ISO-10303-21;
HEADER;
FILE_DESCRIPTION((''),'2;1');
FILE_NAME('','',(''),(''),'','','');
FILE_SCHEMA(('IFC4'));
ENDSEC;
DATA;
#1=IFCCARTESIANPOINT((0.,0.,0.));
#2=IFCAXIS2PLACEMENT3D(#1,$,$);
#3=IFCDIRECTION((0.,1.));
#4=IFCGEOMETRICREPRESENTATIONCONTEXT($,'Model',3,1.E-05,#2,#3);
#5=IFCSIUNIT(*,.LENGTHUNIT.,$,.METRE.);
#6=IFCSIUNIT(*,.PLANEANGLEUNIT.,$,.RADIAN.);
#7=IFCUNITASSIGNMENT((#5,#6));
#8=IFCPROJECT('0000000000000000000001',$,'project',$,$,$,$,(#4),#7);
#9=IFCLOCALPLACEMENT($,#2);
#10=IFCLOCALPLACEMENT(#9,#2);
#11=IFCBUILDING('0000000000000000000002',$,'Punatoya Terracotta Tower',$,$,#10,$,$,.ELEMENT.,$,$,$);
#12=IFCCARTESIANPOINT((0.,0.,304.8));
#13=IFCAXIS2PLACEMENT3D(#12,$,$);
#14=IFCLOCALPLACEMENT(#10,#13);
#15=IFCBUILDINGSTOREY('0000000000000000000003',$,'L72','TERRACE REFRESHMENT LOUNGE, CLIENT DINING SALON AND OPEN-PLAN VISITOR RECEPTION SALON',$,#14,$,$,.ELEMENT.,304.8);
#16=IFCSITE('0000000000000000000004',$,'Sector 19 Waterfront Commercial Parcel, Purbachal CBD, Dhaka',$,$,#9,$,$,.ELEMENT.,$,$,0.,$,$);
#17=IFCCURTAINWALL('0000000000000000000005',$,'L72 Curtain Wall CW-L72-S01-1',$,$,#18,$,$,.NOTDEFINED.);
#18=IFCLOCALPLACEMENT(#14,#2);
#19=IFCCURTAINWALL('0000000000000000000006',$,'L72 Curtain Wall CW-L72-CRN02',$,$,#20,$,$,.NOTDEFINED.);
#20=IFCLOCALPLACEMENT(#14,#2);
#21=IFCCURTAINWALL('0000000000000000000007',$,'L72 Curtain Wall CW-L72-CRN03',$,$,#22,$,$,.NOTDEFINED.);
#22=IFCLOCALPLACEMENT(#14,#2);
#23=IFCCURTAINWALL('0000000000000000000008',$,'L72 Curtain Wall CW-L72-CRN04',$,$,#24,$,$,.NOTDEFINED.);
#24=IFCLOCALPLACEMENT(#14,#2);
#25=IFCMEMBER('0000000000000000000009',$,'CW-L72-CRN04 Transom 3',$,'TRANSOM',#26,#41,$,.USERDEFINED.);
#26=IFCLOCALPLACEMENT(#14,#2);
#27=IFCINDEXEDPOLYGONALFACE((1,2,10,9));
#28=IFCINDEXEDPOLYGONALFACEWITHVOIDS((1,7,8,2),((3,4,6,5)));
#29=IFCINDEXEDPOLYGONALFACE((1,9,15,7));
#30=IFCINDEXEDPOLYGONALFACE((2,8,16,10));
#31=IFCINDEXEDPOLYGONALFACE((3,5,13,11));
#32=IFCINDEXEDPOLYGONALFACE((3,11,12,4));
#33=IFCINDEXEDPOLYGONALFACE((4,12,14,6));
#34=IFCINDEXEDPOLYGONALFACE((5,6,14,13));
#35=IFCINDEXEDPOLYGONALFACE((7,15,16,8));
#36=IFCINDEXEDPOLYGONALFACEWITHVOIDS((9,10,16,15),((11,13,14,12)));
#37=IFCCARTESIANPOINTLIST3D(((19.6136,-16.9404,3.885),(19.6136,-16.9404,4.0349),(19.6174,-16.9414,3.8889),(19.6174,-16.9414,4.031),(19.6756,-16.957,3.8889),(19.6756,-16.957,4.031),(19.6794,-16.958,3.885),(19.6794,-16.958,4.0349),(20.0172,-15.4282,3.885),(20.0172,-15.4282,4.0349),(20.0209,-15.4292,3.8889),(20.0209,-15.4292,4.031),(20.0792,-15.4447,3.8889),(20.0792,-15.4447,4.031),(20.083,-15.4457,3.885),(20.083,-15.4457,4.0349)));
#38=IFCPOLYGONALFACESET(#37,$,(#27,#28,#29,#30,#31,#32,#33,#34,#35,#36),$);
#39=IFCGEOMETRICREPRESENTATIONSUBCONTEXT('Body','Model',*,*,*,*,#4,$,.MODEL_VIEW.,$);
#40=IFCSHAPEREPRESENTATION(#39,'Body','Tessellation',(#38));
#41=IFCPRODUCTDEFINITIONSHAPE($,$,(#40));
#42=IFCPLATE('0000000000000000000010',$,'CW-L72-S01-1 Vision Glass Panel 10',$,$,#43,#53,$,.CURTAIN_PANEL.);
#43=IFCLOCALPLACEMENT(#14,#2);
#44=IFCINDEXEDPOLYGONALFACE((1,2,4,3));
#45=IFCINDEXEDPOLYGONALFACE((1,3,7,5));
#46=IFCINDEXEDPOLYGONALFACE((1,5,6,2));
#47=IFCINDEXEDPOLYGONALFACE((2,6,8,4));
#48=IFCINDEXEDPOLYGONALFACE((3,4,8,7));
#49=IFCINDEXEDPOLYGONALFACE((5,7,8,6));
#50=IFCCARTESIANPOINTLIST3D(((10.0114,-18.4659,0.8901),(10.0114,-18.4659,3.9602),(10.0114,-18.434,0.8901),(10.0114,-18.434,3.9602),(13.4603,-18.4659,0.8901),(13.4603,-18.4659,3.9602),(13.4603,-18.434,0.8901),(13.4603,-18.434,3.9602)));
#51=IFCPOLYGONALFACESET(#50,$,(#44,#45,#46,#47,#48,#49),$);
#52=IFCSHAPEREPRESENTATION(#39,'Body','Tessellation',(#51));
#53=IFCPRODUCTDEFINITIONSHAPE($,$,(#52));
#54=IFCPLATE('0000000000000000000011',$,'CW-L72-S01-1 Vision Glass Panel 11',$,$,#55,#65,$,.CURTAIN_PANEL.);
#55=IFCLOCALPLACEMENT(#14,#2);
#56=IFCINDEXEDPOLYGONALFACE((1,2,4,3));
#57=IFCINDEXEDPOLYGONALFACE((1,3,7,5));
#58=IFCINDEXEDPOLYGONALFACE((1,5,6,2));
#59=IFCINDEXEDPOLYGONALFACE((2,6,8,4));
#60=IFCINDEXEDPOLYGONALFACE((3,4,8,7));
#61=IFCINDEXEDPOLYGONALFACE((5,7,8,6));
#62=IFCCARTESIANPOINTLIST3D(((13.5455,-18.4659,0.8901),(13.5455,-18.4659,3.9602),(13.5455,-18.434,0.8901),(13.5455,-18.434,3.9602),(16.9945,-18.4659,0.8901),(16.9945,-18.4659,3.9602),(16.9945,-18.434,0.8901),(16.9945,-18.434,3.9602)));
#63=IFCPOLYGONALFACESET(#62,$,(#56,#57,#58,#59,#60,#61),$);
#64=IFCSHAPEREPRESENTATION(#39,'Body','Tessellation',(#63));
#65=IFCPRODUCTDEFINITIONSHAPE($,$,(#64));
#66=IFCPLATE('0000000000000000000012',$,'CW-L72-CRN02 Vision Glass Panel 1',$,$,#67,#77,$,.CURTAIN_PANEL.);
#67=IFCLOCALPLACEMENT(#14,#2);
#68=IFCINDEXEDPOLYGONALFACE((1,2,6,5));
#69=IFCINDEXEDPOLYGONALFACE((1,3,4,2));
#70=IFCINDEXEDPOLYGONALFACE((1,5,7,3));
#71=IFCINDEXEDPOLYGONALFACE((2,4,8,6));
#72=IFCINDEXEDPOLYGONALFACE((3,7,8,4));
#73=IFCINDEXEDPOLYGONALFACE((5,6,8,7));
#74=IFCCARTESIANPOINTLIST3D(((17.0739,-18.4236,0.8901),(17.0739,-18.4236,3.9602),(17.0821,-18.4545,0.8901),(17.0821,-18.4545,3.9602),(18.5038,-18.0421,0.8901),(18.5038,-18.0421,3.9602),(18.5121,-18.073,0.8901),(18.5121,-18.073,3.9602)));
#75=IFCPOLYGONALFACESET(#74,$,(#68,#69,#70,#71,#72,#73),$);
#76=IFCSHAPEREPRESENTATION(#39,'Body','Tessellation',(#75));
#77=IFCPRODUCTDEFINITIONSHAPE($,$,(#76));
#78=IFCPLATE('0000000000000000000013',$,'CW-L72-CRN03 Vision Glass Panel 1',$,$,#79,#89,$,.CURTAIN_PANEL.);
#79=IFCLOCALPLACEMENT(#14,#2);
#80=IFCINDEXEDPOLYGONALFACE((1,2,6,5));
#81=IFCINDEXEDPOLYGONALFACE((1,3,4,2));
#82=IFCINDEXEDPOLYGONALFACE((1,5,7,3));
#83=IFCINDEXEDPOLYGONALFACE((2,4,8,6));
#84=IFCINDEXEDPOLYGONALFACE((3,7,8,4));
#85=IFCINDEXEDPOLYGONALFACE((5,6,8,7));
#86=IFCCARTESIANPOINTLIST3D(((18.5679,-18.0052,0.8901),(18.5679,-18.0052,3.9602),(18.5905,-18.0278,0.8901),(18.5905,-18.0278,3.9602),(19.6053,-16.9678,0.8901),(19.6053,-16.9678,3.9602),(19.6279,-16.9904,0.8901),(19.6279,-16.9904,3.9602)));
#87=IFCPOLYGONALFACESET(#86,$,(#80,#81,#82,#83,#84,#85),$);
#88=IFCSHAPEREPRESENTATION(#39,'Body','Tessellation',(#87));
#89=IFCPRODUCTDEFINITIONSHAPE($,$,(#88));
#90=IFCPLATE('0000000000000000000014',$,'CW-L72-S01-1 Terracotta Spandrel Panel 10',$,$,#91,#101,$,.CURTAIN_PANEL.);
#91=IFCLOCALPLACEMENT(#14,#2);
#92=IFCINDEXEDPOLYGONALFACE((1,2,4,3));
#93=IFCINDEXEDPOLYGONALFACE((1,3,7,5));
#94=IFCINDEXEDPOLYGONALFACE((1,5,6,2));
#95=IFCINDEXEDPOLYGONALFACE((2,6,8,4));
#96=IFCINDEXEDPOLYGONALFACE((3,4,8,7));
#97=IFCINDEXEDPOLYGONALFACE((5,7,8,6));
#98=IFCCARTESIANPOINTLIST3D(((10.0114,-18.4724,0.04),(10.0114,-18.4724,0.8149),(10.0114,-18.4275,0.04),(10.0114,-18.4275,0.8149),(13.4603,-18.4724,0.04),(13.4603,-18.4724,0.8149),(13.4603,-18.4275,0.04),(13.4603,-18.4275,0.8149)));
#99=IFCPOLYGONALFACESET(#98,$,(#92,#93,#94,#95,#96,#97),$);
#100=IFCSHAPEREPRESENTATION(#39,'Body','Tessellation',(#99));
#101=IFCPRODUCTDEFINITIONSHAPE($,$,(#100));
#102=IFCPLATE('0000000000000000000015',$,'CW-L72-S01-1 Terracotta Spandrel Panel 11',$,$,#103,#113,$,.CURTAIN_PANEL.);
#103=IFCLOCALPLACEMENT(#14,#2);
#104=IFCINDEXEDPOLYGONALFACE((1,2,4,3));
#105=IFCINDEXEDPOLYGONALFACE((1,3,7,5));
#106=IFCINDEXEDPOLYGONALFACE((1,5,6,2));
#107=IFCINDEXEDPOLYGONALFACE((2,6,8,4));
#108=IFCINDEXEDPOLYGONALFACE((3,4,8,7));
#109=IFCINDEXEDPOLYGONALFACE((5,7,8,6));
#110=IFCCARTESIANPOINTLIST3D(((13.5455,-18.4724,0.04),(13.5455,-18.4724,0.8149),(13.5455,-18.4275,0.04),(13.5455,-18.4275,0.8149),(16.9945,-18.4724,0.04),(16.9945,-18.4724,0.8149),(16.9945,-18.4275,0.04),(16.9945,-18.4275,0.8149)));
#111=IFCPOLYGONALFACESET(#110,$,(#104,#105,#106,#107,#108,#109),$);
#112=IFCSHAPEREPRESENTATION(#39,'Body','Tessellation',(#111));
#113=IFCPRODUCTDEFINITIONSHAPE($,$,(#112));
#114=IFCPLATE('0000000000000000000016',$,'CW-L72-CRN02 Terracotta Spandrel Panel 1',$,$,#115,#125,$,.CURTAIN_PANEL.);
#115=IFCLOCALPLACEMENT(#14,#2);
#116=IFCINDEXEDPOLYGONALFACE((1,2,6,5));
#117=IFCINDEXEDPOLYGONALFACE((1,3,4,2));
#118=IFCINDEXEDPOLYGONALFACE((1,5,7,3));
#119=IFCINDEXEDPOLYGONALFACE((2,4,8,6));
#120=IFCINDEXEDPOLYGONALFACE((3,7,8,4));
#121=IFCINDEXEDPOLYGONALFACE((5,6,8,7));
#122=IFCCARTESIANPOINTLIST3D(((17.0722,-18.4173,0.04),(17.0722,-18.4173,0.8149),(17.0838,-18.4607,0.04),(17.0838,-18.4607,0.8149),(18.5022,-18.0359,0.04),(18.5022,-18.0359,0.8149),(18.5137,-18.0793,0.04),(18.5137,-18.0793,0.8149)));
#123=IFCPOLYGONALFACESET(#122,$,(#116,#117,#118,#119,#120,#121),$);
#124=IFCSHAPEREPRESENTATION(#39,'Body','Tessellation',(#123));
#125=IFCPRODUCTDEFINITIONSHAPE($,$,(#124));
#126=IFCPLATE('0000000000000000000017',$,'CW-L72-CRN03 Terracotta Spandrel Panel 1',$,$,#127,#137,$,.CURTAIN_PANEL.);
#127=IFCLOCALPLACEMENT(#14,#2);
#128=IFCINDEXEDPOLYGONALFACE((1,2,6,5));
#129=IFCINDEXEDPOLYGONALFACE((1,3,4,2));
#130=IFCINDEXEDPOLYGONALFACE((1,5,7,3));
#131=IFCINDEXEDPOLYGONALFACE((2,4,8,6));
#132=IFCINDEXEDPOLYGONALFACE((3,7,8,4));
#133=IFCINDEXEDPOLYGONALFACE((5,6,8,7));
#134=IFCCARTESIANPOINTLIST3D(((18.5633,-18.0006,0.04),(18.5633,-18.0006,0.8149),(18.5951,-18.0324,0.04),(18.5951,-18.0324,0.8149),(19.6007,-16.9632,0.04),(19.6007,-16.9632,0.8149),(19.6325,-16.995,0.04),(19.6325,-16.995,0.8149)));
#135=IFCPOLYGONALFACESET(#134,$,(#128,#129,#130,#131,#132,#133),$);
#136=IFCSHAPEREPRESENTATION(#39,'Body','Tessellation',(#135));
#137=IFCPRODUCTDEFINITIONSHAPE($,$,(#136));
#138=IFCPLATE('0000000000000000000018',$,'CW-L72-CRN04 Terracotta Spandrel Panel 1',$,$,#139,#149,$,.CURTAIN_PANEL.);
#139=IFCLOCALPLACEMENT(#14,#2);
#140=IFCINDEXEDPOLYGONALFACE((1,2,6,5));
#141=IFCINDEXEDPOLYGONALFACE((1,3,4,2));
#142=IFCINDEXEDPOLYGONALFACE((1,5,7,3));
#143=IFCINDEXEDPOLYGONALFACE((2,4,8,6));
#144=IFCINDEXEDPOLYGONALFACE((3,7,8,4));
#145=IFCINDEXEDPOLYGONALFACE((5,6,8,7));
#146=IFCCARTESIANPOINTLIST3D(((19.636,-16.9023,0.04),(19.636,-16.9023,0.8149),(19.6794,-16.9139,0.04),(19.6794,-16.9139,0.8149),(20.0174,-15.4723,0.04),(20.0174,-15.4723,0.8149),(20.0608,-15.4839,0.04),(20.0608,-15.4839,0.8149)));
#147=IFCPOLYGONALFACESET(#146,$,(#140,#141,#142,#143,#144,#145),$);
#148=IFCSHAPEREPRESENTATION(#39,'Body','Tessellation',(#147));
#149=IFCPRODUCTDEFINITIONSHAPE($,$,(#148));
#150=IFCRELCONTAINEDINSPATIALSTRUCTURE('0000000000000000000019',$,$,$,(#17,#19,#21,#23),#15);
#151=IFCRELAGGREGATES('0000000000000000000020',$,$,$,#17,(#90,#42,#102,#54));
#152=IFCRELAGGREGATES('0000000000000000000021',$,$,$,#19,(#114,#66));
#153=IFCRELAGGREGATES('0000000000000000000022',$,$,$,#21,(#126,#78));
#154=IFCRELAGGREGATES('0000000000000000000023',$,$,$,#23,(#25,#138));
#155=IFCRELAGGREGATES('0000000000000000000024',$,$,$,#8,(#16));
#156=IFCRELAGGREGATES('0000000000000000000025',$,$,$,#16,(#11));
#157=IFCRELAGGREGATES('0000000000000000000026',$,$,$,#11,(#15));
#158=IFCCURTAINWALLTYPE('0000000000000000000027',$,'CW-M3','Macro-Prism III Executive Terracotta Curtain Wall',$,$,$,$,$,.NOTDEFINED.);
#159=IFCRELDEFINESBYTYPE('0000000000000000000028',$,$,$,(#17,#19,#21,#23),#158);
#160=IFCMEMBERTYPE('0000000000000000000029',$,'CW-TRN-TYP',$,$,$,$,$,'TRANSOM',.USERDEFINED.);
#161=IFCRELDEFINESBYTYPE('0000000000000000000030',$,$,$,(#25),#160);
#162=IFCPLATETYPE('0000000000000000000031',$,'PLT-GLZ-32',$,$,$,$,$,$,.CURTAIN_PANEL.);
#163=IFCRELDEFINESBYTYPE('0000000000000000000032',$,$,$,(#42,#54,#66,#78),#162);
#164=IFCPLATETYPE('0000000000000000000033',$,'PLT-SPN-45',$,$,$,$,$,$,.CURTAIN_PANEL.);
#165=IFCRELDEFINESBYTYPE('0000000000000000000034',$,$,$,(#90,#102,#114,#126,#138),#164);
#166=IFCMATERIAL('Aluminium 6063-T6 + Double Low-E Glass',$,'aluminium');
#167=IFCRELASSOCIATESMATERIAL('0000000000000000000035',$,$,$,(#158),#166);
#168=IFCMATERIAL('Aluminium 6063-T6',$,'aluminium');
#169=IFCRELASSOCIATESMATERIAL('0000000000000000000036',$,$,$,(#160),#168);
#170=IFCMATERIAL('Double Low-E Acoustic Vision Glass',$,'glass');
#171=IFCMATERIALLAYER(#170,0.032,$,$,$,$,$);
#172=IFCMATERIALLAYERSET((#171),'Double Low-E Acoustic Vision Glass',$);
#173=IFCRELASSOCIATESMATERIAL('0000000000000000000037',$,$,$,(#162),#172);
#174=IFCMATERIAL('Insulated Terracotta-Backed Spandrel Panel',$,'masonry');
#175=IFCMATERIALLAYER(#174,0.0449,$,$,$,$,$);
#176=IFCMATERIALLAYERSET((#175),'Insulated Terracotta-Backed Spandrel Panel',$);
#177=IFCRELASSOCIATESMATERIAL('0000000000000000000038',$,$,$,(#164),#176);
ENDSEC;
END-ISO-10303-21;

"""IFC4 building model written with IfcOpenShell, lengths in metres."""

from ifc_helpers import new_model, si_unit, direction, frame, origin, origin_2d, place, context, subcontext, project, spatial, rectangle, hollow_rectangle, extrude, material, layer, layer_set, material_profile, profile_set, type_object, element, aggregate, save


model = new_model("IFC4")

# Units and contexts
model_context = context("Model", 3, precision=1e-05, world=origin(), true_north=direction((0.0, 1.0)))
body_context = subcontext(model_context, "Body", "Model", "MODEL_VIEW")
ifc_project = project(units=[si_unit("LENGTHUNIT", "METRE"), si_unit("PLANEANGLEUNIT", "RADIAN")], contexts=[model_context])

# Site, building, storey
site_placement = place(None, origin())
site = spatial("IfcSite", under=ifc_project, at=site_placement, Name="Sector 19 Waterfront Commercial Parcel, Purbachal CBD, Dhaka", CompositionType="ELEMENT", RefElevation=0.0)
building_placement = place(site_placement, origin())
building = spatial("IfcBuilding", under=site, at=building_placement, Name="Punatoya Terracotta Tower", CompositionType="ELEMENT")
storey_placement = place(building_placement, frame((0.0, 0.0, 304.8)))
storey = spatial("IfcBuildingStorey", under=building, at=storey_placement, Name="L72", Description="TERRACE REFRESHMENT LOUNGE, CLIENT DINING SALON AND OPEN-PLAN VISITOR RECEPTION SALON", CompositionType="ELEMENT", Elevation=304.8)

# Curtain walls
ifc_material_1 = material(Name="Aluminium 6063-T6 + Double Low-E Glass", Category="aluminium")
curtain_wall_type = type_object("IfcCurtainWallType", Name="CW-M3", Description="Macro-Prism III Executive Terracotta Curtain Wall", PredefinedType="NOTDEFINED", material=ifc_material_1)
curtain_wall_1_placement = place(storey_placement, origin())
curtain_wall_1 = element("IfcCurtainWall", 1, at=curtain_wall_1_placement, inside=storey, type_object=curtain_wall_type, Name="L72 Curtain Wall CW-L72-S01-1", PredefinedType="NOTDEFINED")
ifc_material_2 = material(Name="Aluminium 6063-T6", Category="aluminium")
curtain_wall_2_placement = place(storey_placement, origin())
curtain_wall_2 = element("IfcCurtainWall", 2, at=curtain_wall_2_placement, inside=storey, type_object=curtain_wall_type, Name="L72 Curtain Wall CW-L72-CRN02", PredefinedType="NOTDEFINED")
curtain_wall_3_placement = place(storey_placement, origin())
curtain_wall_3 = element("IfcCurtainWall", 3, at=curtain_wall_3_placement, inside=storey, type_object=curtain_wall_type, Name="L72 Curtain Wall CW-L72-CRN03", PredefinedType="NOTDEFINED")

# Curtain wall
curtain_wall_4_placement = place(storey_placement, origin())
curtain_wall_4 = element("IfcCurtainWall", 4, at=curtain_wall_4_placement, inside=storey, type_object=curtain_wall_type, Name="L72 Curtain Wall CW-L72-CRN04", PredefinedType="NOTDEFINED")

# Member
ifc_material_profile_1 = material_profile(ifc_material_2, hollow_rectangle(XDim=0.0681, YDim=0.1499, WallThickness=0.0039, at=origin_2d()))
ifc_profile_set_1 = profile_set([ifc_material_profile_1], Name="Aluminium 6063-T6")
member_type_1 = type_object("IfcMemberType", Name="CW-TRN-TYP", ElementType="TRANSOM", PredefinedType="USERDEFINED", material=ifc_profile_set_1)
member_1_placement = place(storey_placement, frame((19.6465, -16.9492, 3.96), z_axis=(0.257847, 0.966186, 0.0), x_axis=(-0.966186, 0.257847, 0.0)))
member_1 = element("IfcMember", 5, at=member_1_placement, type_object=member_type_1, Name="CW-L72-CRN04 Transom 3", ObjectType="TRANSOM", PredefinedType="USERDEFINED", context=body_context, shape_type="SweptSolid", body=[
    extrude(hollow_rectangle(XDim=0.0681, YDim=0.1499, WallThickness=0.0039, at=origin_2d()), origin(), (0.0, 0.0, 1.0), 1.5652),
])

# Plates
ifc_material_3 = material(Name="Double Low-E Acoustic Vision Glass", Category="glass")
ifc_layer_1 = layer(ifc_material_3, 0.032)
ifc_layer_set_1 = layer_set([ifc_layer_1], Name="Double Low-E Acoustic Vision Glass")
plate_type_1 = type_object("IfcPlateType", Name="PLT-GLZ-32", PredefinedType="CURTAIN_PANEL", material=ifc_layer_set_1)
plate_1_placement = place(storey_placement, frame((11.7358, -18.45, 0.8901), z_axis=(0.0, 0.0, 1.0), x_axis=(1.0, 0.0, 0.0)))
plate_1 = element("IfcPlate", 6, at=plate_1_placement, type_object=plate_type_1, Name="CW-L72-S01-1 Vision Glass Panel 10", PredefinedType="CURTAIN_PANEL", context=body_context, shape_type="SweptSolid", body=[
    extrude(rectangle(XDim=3.449, YDim=0.032, at=origin_2d()), origin(), (0.0, 0.0, 1.0), 3.0701),
])
plate_2_placement = place(storey_placement, frame((15.27, -18.45, 0.8901), z_axis=(0.0, 0.0, 1.0), x_axis=(1.0, 0.0, 0.0)))
plate_2 = element("IfcPlate", 7, at=plate_2_placement, type_object=plate_type_1, Name="CW-L72-S01-1 Vision Glass Panel 11", PredefinedType="CURTAIN_PANEL", context=body_context, shape_type="SweptSolid", body=[
    extrude(rectangle(XDim=3.449, YDim=0.032, at=origin_2d()), origin(), (0.0, 0.0, 1.0), 3.0701),
])
plate_3_placement = place(storey_placement, frame((17.793, -18.2483, 0.8901), z_axis=(0.0, 0.0, 1.0), x_axis=(0.966214, 0.257742, 0.0)))
plate_3 = element("IfcPlate", 8, at=plate_3_placement, type_object=plate_type_1, Name="CW-L72-CRN02 Vision Glass Panel 1", PredefinedType="CURTAIN_PANEL", context=body_context, shape_type="SweptSolid", body=[
    extrude(rectangle(XDim=1.48, YDim=0.032, at=origin_2d()), origin(), (0.0, 0.0, 1.0), 3.0701),
])
plate_4_placement = place(storey_placement, frame((19.0979, -17.4978, 0.8901), z_axis=(0.0, 0.0, 1.0), x_axis=(0.707107, 0.707107, 0.0)))
plate_4 = element("IfcPlate", 9, at=plate_4_placement, type_object=plate_type_1, Name="CW-L72-CRN03 Vision Glass Panel 1", PredefinedType="CURTAIN_PANEL", context=body_context, shape_type="SweptSolid", body=[
    extrude(rectangle(XDim=1.467, YDim=0.032, at=origin_2d()), origin(), (0.0, 0.0, 1.0), 3.0701),
])
ifc_material_4 = material(Name="Insulated Terracotta-Backed Spandrel Panel", Category="masonry")
ifc_layer_2 = layer(ifc_material_4, 0.0449)
ifc_layer_set_2 = layer_set([ifc_layer_2], Name="Insulated Terracotta-Backed Spandrel Panel")
plate_type_2 = type_object("IfcPlateType", Name="PLT-SPN-45", PredefinedType="CURTAIN_PANEL", material=ifc_layer_set_2)
plate_5_placement = place(storey_placement, frame((11.7358, -18.45, 0.04), z_axis=(0.0, 0.0, 1.0), x_axis=(1.0, 0.0, 0.0)))
plate_5 = element("IfcPlate", 10, at=plate_5_placement, type_object=plate_type_2, Name="CW-L72-S01-1 Terracotta Spandrel Panel 10", PredefinedType="CURTAIN_PANEL", context=body_context, shape_type="SweptSolid", body=[
    extrude(rectangle(XDim=3.449, YDim=0.0449, at=origin_2d()), origin(), (0.0, 0.0, 1.0), 0.7749),
])
plate_6_placement = place(storey_placement, frame((15.27, -18.45, 0.04), z_axis=(0.0, 0.0, 1.0), x_axis=(1.0, 0.0, 0.0)))
plate_6 = element("IfcPlate", 11, at=plate_6_placement, type_object=plate_type_2, Name="CW-L72-S01-1 Terracotta Spandrel Panel 11", PredefinedType="CURTAIN_PANEL", context=body_context, shape_type="SweptSolid", body=[
    extrude(rectangle(XDim=3.449, YDim=0.0449, at=origin_2d()), origin(), (0.0, 0.0, 1.0), 0.7749),
])
aggregate(curtain_wall_1, [plate_5, plate_1, plate_6, plate_2])
plate_7_placement = place(storey_placement, frame((17.793, -18.2483, 0.04), z_axis=(0.0, 0.0, 1.0), x_axis=(0.966214, 0.257742, 0.0)))
plate_7 = element("IfcPlate", 12, at=plate_7_placement, type_object=plate_type_2, Name="CW-L72-CRN02 Terracotta Spandrel Panel 1", PredefinedType="CURTAIN_PANEL", context=body_context, shape_type="SweptSolid", body=[
    extrude(rectangle(XDim=1.48, YDim=0.0449, at=origin_2d()), origin(), (0.0, 0.0, 1.0), 0.7749),
])
aggregate(curtain_wall_2, [plate_7, plate_3])
plate_8_placement = place(storey_placement, frame((19.0979, -17.4978, 0.04), z_axis=(0.0, 0.0, 1.0), x_axis=(0.707107, 0.707107, 0.0)))
plate_8 = element("IfcPlate", 13, at=plate_8_placement, type_object=plate_type_2, Name="CW-L72-CRN03 Terracotta Spandrel Panel 1", PredefinedType="CURTAIN_PANEL", context=body_context, shape_type="SweptSolid", body=[
    extrude(rectangle(XDim=1.467, YDim=0.0449, at=origin_2d()), origin(), (0.0, 0.0, 1.0), 0.7749),
])
aggregate(curtain_wall_3, [plate_8, plate_4])
plate_9_placement = place(storey_placement, frame((19.8484, -16.1931, 0.04), z_axis=(0.0, 0.0, 1.0), x_axis=(0.257742, 0.966214, 0.0)))
plate_9 = element("IfcPlate", 14, at=plate_9_placement, type_object=plate_type_2, Name="CW-L72-CRN04 Terracotta Spandrel Panel 1", PredefinedType="CURTAIN_PANEL", context=body_context, shape_type="SweptSolid", body=[
    extrude(rectangle(XDim=1.48, YDim=0.0449, at=origin_2d()), origin(), (0.0, 0.0, 1.0), 0.7749),
])
aggregate(curtain_wall_4, [member_1, plate_9])

save(model, "model.ifc")
